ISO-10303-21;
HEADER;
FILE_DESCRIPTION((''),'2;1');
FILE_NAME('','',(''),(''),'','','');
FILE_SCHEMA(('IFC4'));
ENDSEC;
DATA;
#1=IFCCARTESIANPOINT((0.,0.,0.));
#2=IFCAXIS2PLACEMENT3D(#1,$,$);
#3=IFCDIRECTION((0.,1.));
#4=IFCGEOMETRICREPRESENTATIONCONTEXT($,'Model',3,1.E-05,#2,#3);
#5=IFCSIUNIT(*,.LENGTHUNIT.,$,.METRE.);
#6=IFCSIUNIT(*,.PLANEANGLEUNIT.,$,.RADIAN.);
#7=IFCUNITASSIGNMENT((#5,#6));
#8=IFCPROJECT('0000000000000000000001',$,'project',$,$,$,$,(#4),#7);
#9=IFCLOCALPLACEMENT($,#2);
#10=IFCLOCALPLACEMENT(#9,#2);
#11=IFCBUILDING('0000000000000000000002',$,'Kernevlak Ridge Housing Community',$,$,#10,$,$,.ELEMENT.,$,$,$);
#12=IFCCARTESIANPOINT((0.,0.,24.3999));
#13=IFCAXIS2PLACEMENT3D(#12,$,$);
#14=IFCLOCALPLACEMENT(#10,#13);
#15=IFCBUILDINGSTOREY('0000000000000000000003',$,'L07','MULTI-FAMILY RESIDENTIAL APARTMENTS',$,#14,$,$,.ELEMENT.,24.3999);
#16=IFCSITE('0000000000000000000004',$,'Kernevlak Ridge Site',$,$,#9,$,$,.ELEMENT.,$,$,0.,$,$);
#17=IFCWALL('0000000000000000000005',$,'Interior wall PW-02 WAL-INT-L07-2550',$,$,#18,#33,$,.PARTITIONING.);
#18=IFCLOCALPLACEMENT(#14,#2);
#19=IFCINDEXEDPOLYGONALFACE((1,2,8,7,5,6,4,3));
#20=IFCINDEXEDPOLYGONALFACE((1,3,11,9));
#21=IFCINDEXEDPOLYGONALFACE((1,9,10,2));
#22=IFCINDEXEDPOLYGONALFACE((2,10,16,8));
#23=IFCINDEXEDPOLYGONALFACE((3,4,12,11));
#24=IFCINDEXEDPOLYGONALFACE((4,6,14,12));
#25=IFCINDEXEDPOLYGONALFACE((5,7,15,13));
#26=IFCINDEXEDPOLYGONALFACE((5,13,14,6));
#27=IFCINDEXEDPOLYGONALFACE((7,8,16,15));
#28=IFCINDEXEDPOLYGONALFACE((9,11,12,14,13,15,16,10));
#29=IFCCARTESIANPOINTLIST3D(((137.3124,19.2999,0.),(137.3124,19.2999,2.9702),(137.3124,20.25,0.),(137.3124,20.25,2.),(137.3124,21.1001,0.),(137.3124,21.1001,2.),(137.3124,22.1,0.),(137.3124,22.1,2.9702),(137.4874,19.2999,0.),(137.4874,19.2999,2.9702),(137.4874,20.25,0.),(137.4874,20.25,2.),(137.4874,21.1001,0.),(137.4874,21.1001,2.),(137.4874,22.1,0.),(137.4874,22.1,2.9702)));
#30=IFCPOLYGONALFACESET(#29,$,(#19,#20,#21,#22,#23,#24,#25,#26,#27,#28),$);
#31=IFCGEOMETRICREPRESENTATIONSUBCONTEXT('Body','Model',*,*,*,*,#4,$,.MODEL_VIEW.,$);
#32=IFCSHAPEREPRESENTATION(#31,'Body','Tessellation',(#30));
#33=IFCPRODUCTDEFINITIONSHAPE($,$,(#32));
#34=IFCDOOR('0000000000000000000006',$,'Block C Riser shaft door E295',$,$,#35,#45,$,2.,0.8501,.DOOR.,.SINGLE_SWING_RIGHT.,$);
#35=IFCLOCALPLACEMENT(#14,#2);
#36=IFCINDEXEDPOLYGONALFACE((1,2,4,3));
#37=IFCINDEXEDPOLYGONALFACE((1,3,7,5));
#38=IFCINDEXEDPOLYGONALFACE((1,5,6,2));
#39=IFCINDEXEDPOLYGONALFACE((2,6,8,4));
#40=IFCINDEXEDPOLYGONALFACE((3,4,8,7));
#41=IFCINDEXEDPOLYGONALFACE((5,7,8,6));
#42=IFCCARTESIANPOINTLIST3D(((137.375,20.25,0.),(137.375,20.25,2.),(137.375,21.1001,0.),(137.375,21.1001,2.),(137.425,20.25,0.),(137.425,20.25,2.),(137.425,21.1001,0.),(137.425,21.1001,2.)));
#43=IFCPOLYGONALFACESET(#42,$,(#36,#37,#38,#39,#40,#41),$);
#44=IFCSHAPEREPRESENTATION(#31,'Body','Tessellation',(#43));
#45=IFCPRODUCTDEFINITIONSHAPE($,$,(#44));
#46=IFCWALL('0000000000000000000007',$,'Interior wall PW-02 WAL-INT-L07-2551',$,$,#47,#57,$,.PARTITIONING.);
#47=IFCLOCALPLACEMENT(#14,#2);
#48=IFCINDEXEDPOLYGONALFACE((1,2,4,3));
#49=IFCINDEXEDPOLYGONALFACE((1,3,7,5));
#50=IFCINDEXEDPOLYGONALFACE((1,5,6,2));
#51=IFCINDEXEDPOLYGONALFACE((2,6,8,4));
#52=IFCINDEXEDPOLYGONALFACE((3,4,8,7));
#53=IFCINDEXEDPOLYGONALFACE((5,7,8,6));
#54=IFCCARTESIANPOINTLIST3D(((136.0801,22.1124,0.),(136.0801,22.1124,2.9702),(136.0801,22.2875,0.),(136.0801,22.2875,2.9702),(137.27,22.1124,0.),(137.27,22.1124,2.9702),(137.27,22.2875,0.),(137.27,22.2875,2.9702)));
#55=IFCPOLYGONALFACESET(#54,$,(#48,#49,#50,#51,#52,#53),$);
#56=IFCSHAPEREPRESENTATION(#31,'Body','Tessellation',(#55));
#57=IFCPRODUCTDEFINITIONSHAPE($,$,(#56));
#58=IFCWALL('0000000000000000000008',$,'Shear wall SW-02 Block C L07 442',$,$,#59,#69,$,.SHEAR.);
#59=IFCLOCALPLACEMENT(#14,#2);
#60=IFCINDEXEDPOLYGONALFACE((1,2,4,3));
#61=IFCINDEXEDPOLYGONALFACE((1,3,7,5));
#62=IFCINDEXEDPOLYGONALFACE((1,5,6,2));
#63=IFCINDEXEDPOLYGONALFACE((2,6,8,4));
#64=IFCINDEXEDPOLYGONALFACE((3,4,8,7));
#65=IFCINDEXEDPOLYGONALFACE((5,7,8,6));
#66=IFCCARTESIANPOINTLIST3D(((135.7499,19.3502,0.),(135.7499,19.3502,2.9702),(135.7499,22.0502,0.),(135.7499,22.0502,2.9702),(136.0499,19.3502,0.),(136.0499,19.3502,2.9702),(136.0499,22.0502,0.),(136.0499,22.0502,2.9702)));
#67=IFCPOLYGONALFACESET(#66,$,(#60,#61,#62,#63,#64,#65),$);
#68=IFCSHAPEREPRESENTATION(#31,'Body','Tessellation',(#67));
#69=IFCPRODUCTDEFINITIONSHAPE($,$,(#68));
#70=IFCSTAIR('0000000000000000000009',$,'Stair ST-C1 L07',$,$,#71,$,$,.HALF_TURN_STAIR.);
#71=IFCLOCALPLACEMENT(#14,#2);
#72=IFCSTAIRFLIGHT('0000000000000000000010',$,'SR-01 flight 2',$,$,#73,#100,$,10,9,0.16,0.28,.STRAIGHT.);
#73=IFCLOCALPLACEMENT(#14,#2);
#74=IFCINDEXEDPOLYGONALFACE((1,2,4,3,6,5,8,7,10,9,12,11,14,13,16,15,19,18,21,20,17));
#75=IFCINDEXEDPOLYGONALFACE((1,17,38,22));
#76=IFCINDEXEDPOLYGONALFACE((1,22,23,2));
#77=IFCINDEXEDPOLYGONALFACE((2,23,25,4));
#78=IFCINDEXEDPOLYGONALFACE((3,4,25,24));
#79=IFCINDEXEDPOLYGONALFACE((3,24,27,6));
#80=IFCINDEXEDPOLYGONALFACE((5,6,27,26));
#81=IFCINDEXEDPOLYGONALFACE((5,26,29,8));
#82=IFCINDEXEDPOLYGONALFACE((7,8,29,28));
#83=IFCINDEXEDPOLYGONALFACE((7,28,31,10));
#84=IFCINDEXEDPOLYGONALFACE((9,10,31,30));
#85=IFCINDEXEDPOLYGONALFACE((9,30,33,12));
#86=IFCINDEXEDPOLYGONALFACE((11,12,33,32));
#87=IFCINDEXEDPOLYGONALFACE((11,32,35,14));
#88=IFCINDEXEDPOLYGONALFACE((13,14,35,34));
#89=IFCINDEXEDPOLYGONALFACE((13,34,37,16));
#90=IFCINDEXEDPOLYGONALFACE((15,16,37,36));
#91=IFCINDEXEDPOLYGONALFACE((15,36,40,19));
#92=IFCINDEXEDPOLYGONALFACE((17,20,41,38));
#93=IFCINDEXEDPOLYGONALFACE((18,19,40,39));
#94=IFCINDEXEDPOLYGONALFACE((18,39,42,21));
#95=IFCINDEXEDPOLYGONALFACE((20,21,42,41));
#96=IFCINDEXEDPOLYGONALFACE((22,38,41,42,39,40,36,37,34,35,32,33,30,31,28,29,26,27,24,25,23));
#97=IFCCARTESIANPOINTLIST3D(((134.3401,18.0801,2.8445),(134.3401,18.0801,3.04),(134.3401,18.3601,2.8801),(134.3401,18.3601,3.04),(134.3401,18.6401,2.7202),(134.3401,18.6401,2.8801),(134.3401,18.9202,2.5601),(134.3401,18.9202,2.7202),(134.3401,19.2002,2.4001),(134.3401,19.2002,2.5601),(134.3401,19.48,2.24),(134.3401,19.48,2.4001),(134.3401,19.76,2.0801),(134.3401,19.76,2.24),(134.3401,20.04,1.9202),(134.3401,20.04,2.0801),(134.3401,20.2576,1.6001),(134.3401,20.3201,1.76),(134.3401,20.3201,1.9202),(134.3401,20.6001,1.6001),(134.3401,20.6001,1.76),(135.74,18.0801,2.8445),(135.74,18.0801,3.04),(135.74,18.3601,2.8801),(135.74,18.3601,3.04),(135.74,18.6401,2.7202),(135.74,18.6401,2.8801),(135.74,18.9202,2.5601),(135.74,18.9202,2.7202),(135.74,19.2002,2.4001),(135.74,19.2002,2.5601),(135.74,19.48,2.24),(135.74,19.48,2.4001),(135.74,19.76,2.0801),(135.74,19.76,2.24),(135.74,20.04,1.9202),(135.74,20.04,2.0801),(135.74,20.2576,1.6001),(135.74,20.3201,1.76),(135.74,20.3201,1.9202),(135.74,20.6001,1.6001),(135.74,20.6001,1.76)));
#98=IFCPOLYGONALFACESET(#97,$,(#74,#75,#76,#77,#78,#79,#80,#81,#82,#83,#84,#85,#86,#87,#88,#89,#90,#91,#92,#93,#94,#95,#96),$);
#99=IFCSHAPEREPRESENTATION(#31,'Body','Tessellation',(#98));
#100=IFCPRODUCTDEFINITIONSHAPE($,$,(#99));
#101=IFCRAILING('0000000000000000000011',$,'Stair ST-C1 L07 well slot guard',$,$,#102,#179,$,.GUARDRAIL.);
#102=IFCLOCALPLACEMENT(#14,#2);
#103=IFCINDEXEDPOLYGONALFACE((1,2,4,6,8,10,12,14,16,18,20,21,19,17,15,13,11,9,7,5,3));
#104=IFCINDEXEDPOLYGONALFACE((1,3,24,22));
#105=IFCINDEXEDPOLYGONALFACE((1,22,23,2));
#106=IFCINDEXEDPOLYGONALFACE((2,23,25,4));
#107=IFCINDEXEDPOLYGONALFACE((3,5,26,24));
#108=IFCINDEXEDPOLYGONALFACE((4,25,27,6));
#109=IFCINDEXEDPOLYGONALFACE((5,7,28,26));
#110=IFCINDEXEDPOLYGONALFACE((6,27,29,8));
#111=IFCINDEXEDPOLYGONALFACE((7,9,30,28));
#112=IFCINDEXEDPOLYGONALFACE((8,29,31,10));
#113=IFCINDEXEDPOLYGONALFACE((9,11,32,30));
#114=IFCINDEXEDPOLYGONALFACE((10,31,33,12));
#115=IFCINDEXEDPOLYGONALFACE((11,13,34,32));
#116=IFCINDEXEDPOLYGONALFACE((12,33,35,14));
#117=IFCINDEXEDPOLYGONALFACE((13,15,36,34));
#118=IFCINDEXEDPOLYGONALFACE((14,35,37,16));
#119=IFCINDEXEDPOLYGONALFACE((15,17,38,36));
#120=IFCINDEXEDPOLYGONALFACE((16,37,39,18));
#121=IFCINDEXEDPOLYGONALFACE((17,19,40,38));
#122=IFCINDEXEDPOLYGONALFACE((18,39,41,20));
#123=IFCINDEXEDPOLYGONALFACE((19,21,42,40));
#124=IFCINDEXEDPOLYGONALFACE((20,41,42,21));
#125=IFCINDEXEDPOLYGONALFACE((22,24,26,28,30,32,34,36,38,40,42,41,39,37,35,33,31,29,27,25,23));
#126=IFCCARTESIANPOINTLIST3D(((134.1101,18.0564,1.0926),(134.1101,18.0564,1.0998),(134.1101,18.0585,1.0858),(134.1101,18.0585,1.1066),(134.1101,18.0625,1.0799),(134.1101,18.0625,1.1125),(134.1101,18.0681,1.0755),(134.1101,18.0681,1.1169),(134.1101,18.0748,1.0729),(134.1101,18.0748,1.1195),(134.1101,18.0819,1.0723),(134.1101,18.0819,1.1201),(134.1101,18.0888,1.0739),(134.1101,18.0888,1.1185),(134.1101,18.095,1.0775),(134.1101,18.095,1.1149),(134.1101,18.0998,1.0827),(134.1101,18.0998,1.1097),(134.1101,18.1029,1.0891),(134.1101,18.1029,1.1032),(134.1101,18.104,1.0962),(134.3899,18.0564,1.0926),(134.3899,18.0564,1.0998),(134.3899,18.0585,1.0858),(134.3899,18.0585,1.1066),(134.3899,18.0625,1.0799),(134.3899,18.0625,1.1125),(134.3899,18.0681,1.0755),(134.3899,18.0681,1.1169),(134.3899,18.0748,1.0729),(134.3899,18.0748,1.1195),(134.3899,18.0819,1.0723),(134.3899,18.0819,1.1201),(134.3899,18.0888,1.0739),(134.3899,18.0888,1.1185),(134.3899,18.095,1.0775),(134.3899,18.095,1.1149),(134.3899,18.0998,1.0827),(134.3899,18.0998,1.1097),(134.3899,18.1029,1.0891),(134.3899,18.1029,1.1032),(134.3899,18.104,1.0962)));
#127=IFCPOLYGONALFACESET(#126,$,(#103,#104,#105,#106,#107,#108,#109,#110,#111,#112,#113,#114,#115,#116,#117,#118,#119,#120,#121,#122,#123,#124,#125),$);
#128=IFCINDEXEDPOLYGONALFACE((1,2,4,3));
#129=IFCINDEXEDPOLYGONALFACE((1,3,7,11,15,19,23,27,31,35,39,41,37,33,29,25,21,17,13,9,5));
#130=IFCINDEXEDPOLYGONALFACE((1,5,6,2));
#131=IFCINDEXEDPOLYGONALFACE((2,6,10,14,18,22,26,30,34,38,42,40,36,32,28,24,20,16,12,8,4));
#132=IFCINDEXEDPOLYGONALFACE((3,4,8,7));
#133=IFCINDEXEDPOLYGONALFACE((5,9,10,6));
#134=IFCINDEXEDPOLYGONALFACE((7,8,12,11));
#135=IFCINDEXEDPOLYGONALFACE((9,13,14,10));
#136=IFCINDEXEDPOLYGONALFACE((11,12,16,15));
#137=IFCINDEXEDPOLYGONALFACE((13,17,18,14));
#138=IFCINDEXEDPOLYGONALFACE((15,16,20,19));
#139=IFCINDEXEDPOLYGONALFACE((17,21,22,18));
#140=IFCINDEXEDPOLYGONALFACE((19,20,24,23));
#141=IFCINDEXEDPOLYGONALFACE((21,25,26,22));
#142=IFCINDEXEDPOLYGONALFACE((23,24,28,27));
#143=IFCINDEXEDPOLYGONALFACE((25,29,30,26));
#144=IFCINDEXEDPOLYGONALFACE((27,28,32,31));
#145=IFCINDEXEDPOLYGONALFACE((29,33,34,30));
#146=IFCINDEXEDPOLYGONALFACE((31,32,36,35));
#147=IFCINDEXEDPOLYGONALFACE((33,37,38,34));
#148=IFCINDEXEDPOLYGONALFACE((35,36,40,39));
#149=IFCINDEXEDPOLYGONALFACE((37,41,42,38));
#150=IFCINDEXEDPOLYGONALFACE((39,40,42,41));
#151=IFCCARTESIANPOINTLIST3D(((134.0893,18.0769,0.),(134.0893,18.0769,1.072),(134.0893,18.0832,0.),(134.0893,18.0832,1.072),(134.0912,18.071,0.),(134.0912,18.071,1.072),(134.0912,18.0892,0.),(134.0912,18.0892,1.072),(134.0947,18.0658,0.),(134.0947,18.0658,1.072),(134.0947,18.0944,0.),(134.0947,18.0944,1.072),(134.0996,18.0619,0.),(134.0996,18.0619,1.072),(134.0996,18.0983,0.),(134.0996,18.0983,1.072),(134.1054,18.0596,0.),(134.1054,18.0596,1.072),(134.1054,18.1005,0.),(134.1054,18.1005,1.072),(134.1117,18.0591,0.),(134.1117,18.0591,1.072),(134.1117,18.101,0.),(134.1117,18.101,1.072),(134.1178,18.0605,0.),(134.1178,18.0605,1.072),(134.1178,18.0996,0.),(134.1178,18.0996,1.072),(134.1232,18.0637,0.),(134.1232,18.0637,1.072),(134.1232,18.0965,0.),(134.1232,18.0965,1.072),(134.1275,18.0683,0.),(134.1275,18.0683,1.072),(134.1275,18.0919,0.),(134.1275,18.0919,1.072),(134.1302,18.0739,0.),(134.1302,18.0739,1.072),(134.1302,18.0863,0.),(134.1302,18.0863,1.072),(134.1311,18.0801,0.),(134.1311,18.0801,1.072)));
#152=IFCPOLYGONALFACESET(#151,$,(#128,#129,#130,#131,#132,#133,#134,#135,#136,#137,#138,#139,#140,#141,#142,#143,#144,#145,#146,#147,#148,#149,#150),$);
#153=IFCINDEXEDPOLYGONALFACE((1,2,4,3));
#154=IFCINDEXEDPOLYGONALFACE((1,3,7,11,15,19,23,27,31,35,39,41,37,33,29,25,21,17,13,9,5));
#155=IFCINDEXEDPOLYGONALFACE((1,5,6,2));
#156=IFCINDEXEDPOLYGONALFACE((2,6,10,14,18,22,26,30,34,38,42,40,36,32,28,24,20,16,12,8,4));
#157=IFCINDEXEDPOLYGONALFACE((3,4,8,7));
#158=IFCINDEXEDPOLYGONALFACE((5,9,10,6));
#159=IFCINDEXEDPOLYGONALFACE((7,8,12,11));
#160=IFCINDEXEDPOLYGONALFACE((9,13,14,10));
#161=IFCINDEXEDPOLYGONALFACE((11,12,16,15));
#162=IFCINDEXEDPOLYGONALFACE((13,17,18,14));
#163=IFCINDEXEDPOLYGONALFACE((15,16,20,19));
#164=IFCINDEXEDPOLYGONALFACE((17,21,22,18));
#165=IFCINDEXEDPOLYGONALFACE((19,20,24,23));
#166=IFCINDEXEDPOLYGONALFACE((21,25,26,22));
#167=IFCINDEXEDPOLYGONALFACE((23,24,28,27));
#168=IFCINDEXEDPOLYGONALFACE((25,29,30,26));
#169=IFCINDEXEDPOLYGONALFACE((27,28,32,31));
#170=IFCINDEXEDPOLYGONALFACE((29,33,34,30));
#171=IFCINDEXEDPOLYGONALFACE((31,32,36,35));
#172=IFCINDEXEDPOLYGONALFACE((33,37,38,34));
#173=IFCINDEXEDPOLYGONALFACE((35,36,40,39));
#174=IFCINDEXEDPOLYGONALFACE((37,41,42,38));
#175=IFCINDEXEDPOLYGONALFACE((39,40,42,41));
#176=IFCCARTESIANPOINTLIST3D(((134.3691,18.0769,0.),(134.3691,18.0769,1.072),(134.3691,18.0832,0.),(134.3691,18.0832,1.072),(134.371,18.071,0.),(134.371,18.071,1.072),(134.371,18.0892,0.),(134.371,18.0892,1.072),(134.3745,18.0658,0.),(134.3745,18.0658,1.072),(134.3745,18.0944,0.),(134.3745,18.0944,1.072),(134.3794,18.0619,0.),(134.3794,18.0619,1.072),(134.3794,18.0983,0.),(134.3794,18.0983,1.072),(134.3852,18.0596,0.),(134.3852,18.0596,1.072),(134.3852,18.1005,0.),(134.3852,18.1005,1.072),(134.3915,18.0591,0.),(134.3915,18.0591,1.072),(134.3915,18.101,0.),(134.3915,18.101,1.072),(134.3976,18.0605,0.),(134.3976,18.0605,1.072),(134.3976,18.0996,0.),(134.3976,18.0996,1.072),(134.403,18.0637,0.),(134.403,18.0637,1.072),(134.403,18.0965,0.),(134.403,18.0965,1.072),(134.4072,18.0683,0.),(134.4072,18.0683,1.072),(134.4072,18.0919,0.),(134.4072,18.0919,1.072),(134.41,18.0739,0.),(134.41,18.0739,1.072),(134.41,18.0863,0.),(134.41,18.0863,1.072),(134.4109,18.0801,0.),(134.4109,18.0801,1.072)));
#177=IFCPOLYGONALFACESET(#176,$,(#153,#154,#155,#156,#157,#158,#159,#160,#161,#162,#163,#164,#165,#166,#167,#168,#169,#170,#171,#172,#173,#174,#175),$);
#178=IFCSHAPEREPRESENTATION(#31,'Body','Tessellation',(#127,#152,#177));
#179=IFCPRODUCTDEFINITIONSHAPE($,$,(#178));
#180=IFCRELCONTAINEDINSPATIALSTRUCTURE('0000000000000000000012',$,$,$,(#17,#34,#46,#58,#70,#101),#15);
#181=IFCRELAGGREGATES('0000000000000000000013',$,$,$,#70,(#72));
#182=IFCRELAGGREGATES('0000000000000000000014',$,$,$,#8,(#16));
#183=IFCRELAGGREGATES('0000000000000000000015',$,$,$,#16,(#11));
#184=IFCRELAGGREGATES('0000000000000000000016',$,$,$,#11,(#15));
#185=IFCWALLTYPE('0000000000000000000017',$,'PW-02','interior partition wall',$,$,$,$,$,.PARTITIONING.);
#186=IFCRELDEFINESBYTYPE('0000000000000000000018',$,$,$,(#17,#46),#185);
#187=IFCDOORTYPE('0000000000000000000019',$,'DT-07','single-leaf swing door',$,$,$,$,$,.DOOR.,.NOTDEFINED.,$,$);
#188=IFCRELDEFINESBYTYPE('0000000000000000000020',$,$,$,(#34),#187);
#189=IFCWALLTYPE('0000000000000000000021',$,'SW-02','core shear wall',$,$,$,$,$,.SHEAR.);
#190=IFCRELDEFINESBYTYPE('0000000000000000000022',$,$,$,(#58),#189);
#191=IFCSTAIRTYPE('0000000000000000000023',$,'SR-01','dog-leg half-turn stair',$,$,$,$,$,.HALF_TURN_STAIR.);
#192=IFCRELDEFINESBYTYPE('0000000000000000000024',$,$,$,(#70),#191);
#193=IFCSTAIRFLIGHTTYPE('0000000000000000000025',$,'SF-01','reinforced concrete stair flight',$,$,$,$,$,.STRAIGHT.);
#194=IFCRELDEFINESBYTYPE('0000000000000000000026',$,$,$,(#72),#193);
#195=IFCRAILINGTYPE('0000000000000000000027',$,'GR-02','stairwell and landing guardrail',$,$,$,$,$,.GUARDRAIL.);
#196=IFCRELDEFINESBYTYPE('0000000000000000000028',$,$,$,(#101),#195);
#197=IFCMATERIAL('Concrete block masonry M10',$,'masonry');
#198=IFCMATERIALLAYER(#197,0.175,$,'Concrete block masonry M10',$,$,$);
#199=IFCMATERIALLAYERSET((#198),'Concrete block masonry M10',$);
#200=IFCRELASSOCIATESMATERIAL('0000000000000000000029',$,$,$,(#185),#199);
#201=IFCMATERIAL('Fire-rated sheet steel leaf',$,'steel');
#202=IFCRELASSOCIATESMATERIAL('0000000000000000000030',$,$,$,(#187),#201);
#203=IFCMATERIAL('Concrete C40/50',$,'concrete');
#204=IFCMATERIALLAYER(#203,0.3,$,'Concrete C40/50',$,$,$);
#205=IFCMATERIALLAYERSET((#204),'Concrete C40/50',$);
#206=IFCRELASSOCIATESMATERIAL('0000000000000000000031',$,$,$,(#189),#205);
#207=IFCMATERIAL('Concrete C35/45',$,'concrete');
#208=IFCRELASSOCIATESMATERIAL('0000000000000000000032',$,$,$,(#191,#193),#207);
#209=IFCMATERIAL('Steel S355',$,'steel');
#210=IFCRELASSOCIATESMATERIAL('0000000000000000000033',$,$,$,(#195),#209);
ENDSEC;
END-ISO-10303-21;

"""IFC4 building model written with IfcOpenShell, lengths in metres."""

from ifc_helpers import new_model, si_unit, direction, frame, frame_2d, origin, origin_2d, place, context, subcontext, project, spatial, polyline, rectangle, circle, outline, extrude, material, layer, layer_set, type_object, element, fill, aggregate, save


model = new_model("IFC4")

# Units and contexts
model_context = context("Model", 3, precision=1e-05, world=origin(), true_north=direction((0.0, 1.0)))
body_context = subcontext(model_context, "Body", "Model", "MODEL_VIEW")
ifc_project = project(units=[si_unit("LENGTHUNIT", "METRE"), si_unit("PLANEANGLEUNIT", "RADIAN")], contexts=[model_context])

# Site, building, storey
site_placement = place(None, origin())
site = spatial("IfcSite", under=ifc_project, at=site_placement, Name="Kernevlak Ridge Site", CompositionType="ELEMENT", RefElevation=0.0)
building_placement = place(site_placement, origin())
building = spatial("IfcBuilding", under=site, at=building_placement, Name="Kernevlak Ridge Housing Community", CompositionType="ELEMENT")
storey_placement = place(building_placement, frame((0.0, 0.0, 24.3999)))
storey = spatial("IfcBuildingStorey", under=building, at=storey_placement, Name="L07", Description="MULTI-FAMILY RESIDENTIAL APARTMENTS", CompositionType="ELEMENT", Elevation=24.3999)

# Shared definitions
ifc_material_1 = material(Name="Concrete C35/45", Category="concrete")

# Shared definitions
ifc_material_2 = material(Name="Fire-rated sheet steel leaf", Category="steel")

# Wall, opening, door
ifc_material_3 = material(Name="Concrete block masonry M10", Category="masonry")
ifc_layer_1 = layer(ifc_material_3, 0.175, Name="Concrete block masonry M10")
ifc_layer_set_1 = layer_set([ifc_layer_1], Name="Concrete block masonry M10")
wall_type_1 = type_object("IfcWallType", Name="PW-02", Description="interior partition wall", PredefinedType="PARTITIONING", material=ifc_layer_set_1)
wall_1_placement = place(storey_placement, frame((137.3999, 19.3, 0.0), z_axis=(0.0, 0.0, 1.0), x_axis=(0.0, 1.0, 0.0)))
wall_1 = element("IfcWall", 1, at=wall_1_placement, inside=storey, type_object=wall_type_1, Name="Interior wall PW-02 WAL-INT-L07-2550", PredefinedType="PARTITIONING", context=body_context, shape_type="SweptSolid", body=[
    extrude(rectangle(XDim=2.8, YDim=0.175, at=frame_2d((1.3999, 0.0))), origin(), (0.0, 0.0, 1.0), 2.9702),
])
opening_1_placement = place(wall_1_placement, frame((0.95, 0.0, 0.0)))
opening_1 = element("IfcOpeningElement", 2, at=opening_1_placement, cuts=wall_1, PredefinedType="OPENING", context=body_context, shape_type="SweptSolid", body=[
    extrude(rectangle(XDim=0.8501, YDim=2.0, at=frame_2d((0.425, 1.0))), frame((0.0, 0.0974, 0.0), z_axis=(0.0, -1.0, 0.0), x_axis=(1.0, 0.0, 0.0)), (0.0, 0.0, 1.0), 0.1951),
])
door_type_1 = type_object("IfcDoorType", Name="DT-07", Description="single-leaf swing door", OperationType="NOTDEFINED", PredefinedType="DOOR", material=ifc_material_2)
door_1_placement = place(opening_1_placement, origin())
door_1 = element("IfcDoor", 3, at=door_1_placement, inside=storey, type_object=door_type_1, Name="Block C Riser shaft door E295", OperationType="SINGLE_SWING_RIGHT", OverallHeight=2.0, OverallWidth=0.8501, PredefinedType="DOOR", context=body_context, shape_type="SweptSolid", body=[
    extrude(rectangle(XDim=0.8501, YDim=2.0, at=frame_2d((0.425, 1.0))), frame((0.0, 0.0249, 0.0), z_axis=(0.0, -1.0, 0.0), x_axis=(1.0, 0.0, 0.0)), (0.0, 0.0, 1.0), 0.05),
])
fill(opening_1, door_1)

# Walls
wall_2_placement = place(storey_placement, frame((136.0801, 22.2, 0.0), z_axis=(0.0, 0.0, 1.0), x_axis=(1.0, 0.0, 0.0)))
element("IfcWall", 4, at=wall_2_placement, inside=storey, type_object=wall_type_1, Name="Interior wall PW-02 WAL-INT-L07-2551", PredefinedType="PARTITIONING", context=body_context, shape_type="SweptSolid", body=[
    extrude(rectangle(XDim=1.1899, YDim=0.175, at=frame_2d((0.595, 0.0))), origin(), (0.0, 0.0, 1.0), 2.9702),
])
ifc_material_4 = material(Name="Concrete C40/50", Category="concrete")
ifc_layer_2 = layer(ifc_material_4, 0.3, Name="Concrete C40/50")
ifc_layer_set_2 = layer_set([ifc_layer_2], Name="Concrete C40/50")
wall_type_2 = type_object("IfcWallType", Name="SW-02", Description="core shear wall", PredefinedType="SHEAR", material=ifc_layer_set_2)
wall_3_placement = place(storey_placement, frame((135.8999, 19.3501, 0.0), z_axis=(0.0, 0.0, 1.0), x_axis=(0.0, 1.0, 0.0)))
element("IfcWall", 5, at=wall_3_placement, inside=storey, type_object=wall_type_2, Name="Shear wall SW-02 Block C L07 442", PredefinedType="SHEAR", context=body_context, shape_type="SweptSolid", body=[
    extrude(rectangle(XDim=2.7, YDim=0.3, at=frame_2d((1.3501, 0.0))), origin(), (0.0, 0.0, 1.0), 2.9702),
])

# Stair, stair flight
stair_type = type_object("IfcStairType", Name="SR-01", Description="dog-leg half-turn stair", PredefinedType="HALF_TURN_STAIR", material=ifc_material_1)
stair_placement = place(storey_placement, origin())
stair = element("IfcStair", 6, at=stair_placement, inside=storey, type_object=stair_type, Name="Stair ST-C1 L07", PredefinedType="HALF_TURN_STAIR")
stair_flight_type = type_object("IfcStairFlightType", Name="SF-01", Description="reinforced concrete stair flight", PredefinedType="STRAIGHT", material=ifc_material_1)
stair_flight_placement = place(storey_placement, frame((135.04, 20.6001, 1.6001), z_axis=(0.0, 0.0, 1.0), x_axis=(0.0, -1.0, 0.0)))
stair_flight = element("IfcStairFlight", 7, at=stair_flight_placement, type_object=stair_flight_type, Name="SR-01 flight 2", NumberOfRisers=10, NumberOfTreads=9, PredefinedType="STRAIGHT", RiserHeight=0.16, TreadLength=0.28, context=body_context, shape_type="SweptSolid", body=[
    extrude(outline(polyline([(0.0, 0.0), (0.0, 0.1599), (0.28, 0.1599), (0.28, 0.3201), (0.5601, 0.3201), (0.5601, 0.48), (0.8401, 0.48), (0.8401, 0.6399), (1.1201, 0.6399), (1.1201, 0.8), (1.3999, 0.8), (1.3999, 0.96), (1.6799, 0.96), (1.6799, 1.1201), (1.96, 1.1201), (1.96, 1.28), (2.24, 1.28), (2.24, 1.4399), (2.52, 1.4399), (2.52, 1.6001), (2.52, 1.2444), (0.3425, 0.0), (0.0, 0.0)])), frame((0.0, 0.7, 0.0), z_axis=(0.0, -1.0, 0.0), x_axis=(1.0, 0.0, 0.0)), (0.0, 0.0, 1.0), 1.3999),
])
aggregate(stair, [stair_flight])

# Railing
ifc_material_5 = material(Name="Steel S355", Category="steel")
railing_type_1 = type_object("IfcRailingType", Name="GR-02", Description="stairwell and landing guardrail", PredefinedType="GUARDRAIL", material=ifc_material_5)
railing_1_placement = place(storey_placement, frame((134.1101, 18.0801, 0.0)))
element("IfcRailing", 8, at=railing_1_placement, inside=storey, type_object=railing_type_1, Name="Stair ST-C1 L07 well slot guard", PredefinedType="GUARDRAIL", context=body_context, shape_type="SweptSolid", body=[
    extrude(circle(Radius=0.0239, at=origin_2d()), frame((0.0, 0.0, 1.0962), z_axis=(1.0, 0.0, 0.0), x_axis=(0.0, 1.0, 0.0)), (0.0, 0.0, 1.0), 0.2798),
    extrude(circle(Radius=0.021, at=origin_2d()), origin(), (0.0, 0.0, 1.0), 1.072),
    extrude(circle(Radius=0.021, at=origin_2d()), frame((0.2798, 0.0, 0.0)), (0.0, 0.0, 1.0), 1.072),
])

save(model, "model.ifc")
